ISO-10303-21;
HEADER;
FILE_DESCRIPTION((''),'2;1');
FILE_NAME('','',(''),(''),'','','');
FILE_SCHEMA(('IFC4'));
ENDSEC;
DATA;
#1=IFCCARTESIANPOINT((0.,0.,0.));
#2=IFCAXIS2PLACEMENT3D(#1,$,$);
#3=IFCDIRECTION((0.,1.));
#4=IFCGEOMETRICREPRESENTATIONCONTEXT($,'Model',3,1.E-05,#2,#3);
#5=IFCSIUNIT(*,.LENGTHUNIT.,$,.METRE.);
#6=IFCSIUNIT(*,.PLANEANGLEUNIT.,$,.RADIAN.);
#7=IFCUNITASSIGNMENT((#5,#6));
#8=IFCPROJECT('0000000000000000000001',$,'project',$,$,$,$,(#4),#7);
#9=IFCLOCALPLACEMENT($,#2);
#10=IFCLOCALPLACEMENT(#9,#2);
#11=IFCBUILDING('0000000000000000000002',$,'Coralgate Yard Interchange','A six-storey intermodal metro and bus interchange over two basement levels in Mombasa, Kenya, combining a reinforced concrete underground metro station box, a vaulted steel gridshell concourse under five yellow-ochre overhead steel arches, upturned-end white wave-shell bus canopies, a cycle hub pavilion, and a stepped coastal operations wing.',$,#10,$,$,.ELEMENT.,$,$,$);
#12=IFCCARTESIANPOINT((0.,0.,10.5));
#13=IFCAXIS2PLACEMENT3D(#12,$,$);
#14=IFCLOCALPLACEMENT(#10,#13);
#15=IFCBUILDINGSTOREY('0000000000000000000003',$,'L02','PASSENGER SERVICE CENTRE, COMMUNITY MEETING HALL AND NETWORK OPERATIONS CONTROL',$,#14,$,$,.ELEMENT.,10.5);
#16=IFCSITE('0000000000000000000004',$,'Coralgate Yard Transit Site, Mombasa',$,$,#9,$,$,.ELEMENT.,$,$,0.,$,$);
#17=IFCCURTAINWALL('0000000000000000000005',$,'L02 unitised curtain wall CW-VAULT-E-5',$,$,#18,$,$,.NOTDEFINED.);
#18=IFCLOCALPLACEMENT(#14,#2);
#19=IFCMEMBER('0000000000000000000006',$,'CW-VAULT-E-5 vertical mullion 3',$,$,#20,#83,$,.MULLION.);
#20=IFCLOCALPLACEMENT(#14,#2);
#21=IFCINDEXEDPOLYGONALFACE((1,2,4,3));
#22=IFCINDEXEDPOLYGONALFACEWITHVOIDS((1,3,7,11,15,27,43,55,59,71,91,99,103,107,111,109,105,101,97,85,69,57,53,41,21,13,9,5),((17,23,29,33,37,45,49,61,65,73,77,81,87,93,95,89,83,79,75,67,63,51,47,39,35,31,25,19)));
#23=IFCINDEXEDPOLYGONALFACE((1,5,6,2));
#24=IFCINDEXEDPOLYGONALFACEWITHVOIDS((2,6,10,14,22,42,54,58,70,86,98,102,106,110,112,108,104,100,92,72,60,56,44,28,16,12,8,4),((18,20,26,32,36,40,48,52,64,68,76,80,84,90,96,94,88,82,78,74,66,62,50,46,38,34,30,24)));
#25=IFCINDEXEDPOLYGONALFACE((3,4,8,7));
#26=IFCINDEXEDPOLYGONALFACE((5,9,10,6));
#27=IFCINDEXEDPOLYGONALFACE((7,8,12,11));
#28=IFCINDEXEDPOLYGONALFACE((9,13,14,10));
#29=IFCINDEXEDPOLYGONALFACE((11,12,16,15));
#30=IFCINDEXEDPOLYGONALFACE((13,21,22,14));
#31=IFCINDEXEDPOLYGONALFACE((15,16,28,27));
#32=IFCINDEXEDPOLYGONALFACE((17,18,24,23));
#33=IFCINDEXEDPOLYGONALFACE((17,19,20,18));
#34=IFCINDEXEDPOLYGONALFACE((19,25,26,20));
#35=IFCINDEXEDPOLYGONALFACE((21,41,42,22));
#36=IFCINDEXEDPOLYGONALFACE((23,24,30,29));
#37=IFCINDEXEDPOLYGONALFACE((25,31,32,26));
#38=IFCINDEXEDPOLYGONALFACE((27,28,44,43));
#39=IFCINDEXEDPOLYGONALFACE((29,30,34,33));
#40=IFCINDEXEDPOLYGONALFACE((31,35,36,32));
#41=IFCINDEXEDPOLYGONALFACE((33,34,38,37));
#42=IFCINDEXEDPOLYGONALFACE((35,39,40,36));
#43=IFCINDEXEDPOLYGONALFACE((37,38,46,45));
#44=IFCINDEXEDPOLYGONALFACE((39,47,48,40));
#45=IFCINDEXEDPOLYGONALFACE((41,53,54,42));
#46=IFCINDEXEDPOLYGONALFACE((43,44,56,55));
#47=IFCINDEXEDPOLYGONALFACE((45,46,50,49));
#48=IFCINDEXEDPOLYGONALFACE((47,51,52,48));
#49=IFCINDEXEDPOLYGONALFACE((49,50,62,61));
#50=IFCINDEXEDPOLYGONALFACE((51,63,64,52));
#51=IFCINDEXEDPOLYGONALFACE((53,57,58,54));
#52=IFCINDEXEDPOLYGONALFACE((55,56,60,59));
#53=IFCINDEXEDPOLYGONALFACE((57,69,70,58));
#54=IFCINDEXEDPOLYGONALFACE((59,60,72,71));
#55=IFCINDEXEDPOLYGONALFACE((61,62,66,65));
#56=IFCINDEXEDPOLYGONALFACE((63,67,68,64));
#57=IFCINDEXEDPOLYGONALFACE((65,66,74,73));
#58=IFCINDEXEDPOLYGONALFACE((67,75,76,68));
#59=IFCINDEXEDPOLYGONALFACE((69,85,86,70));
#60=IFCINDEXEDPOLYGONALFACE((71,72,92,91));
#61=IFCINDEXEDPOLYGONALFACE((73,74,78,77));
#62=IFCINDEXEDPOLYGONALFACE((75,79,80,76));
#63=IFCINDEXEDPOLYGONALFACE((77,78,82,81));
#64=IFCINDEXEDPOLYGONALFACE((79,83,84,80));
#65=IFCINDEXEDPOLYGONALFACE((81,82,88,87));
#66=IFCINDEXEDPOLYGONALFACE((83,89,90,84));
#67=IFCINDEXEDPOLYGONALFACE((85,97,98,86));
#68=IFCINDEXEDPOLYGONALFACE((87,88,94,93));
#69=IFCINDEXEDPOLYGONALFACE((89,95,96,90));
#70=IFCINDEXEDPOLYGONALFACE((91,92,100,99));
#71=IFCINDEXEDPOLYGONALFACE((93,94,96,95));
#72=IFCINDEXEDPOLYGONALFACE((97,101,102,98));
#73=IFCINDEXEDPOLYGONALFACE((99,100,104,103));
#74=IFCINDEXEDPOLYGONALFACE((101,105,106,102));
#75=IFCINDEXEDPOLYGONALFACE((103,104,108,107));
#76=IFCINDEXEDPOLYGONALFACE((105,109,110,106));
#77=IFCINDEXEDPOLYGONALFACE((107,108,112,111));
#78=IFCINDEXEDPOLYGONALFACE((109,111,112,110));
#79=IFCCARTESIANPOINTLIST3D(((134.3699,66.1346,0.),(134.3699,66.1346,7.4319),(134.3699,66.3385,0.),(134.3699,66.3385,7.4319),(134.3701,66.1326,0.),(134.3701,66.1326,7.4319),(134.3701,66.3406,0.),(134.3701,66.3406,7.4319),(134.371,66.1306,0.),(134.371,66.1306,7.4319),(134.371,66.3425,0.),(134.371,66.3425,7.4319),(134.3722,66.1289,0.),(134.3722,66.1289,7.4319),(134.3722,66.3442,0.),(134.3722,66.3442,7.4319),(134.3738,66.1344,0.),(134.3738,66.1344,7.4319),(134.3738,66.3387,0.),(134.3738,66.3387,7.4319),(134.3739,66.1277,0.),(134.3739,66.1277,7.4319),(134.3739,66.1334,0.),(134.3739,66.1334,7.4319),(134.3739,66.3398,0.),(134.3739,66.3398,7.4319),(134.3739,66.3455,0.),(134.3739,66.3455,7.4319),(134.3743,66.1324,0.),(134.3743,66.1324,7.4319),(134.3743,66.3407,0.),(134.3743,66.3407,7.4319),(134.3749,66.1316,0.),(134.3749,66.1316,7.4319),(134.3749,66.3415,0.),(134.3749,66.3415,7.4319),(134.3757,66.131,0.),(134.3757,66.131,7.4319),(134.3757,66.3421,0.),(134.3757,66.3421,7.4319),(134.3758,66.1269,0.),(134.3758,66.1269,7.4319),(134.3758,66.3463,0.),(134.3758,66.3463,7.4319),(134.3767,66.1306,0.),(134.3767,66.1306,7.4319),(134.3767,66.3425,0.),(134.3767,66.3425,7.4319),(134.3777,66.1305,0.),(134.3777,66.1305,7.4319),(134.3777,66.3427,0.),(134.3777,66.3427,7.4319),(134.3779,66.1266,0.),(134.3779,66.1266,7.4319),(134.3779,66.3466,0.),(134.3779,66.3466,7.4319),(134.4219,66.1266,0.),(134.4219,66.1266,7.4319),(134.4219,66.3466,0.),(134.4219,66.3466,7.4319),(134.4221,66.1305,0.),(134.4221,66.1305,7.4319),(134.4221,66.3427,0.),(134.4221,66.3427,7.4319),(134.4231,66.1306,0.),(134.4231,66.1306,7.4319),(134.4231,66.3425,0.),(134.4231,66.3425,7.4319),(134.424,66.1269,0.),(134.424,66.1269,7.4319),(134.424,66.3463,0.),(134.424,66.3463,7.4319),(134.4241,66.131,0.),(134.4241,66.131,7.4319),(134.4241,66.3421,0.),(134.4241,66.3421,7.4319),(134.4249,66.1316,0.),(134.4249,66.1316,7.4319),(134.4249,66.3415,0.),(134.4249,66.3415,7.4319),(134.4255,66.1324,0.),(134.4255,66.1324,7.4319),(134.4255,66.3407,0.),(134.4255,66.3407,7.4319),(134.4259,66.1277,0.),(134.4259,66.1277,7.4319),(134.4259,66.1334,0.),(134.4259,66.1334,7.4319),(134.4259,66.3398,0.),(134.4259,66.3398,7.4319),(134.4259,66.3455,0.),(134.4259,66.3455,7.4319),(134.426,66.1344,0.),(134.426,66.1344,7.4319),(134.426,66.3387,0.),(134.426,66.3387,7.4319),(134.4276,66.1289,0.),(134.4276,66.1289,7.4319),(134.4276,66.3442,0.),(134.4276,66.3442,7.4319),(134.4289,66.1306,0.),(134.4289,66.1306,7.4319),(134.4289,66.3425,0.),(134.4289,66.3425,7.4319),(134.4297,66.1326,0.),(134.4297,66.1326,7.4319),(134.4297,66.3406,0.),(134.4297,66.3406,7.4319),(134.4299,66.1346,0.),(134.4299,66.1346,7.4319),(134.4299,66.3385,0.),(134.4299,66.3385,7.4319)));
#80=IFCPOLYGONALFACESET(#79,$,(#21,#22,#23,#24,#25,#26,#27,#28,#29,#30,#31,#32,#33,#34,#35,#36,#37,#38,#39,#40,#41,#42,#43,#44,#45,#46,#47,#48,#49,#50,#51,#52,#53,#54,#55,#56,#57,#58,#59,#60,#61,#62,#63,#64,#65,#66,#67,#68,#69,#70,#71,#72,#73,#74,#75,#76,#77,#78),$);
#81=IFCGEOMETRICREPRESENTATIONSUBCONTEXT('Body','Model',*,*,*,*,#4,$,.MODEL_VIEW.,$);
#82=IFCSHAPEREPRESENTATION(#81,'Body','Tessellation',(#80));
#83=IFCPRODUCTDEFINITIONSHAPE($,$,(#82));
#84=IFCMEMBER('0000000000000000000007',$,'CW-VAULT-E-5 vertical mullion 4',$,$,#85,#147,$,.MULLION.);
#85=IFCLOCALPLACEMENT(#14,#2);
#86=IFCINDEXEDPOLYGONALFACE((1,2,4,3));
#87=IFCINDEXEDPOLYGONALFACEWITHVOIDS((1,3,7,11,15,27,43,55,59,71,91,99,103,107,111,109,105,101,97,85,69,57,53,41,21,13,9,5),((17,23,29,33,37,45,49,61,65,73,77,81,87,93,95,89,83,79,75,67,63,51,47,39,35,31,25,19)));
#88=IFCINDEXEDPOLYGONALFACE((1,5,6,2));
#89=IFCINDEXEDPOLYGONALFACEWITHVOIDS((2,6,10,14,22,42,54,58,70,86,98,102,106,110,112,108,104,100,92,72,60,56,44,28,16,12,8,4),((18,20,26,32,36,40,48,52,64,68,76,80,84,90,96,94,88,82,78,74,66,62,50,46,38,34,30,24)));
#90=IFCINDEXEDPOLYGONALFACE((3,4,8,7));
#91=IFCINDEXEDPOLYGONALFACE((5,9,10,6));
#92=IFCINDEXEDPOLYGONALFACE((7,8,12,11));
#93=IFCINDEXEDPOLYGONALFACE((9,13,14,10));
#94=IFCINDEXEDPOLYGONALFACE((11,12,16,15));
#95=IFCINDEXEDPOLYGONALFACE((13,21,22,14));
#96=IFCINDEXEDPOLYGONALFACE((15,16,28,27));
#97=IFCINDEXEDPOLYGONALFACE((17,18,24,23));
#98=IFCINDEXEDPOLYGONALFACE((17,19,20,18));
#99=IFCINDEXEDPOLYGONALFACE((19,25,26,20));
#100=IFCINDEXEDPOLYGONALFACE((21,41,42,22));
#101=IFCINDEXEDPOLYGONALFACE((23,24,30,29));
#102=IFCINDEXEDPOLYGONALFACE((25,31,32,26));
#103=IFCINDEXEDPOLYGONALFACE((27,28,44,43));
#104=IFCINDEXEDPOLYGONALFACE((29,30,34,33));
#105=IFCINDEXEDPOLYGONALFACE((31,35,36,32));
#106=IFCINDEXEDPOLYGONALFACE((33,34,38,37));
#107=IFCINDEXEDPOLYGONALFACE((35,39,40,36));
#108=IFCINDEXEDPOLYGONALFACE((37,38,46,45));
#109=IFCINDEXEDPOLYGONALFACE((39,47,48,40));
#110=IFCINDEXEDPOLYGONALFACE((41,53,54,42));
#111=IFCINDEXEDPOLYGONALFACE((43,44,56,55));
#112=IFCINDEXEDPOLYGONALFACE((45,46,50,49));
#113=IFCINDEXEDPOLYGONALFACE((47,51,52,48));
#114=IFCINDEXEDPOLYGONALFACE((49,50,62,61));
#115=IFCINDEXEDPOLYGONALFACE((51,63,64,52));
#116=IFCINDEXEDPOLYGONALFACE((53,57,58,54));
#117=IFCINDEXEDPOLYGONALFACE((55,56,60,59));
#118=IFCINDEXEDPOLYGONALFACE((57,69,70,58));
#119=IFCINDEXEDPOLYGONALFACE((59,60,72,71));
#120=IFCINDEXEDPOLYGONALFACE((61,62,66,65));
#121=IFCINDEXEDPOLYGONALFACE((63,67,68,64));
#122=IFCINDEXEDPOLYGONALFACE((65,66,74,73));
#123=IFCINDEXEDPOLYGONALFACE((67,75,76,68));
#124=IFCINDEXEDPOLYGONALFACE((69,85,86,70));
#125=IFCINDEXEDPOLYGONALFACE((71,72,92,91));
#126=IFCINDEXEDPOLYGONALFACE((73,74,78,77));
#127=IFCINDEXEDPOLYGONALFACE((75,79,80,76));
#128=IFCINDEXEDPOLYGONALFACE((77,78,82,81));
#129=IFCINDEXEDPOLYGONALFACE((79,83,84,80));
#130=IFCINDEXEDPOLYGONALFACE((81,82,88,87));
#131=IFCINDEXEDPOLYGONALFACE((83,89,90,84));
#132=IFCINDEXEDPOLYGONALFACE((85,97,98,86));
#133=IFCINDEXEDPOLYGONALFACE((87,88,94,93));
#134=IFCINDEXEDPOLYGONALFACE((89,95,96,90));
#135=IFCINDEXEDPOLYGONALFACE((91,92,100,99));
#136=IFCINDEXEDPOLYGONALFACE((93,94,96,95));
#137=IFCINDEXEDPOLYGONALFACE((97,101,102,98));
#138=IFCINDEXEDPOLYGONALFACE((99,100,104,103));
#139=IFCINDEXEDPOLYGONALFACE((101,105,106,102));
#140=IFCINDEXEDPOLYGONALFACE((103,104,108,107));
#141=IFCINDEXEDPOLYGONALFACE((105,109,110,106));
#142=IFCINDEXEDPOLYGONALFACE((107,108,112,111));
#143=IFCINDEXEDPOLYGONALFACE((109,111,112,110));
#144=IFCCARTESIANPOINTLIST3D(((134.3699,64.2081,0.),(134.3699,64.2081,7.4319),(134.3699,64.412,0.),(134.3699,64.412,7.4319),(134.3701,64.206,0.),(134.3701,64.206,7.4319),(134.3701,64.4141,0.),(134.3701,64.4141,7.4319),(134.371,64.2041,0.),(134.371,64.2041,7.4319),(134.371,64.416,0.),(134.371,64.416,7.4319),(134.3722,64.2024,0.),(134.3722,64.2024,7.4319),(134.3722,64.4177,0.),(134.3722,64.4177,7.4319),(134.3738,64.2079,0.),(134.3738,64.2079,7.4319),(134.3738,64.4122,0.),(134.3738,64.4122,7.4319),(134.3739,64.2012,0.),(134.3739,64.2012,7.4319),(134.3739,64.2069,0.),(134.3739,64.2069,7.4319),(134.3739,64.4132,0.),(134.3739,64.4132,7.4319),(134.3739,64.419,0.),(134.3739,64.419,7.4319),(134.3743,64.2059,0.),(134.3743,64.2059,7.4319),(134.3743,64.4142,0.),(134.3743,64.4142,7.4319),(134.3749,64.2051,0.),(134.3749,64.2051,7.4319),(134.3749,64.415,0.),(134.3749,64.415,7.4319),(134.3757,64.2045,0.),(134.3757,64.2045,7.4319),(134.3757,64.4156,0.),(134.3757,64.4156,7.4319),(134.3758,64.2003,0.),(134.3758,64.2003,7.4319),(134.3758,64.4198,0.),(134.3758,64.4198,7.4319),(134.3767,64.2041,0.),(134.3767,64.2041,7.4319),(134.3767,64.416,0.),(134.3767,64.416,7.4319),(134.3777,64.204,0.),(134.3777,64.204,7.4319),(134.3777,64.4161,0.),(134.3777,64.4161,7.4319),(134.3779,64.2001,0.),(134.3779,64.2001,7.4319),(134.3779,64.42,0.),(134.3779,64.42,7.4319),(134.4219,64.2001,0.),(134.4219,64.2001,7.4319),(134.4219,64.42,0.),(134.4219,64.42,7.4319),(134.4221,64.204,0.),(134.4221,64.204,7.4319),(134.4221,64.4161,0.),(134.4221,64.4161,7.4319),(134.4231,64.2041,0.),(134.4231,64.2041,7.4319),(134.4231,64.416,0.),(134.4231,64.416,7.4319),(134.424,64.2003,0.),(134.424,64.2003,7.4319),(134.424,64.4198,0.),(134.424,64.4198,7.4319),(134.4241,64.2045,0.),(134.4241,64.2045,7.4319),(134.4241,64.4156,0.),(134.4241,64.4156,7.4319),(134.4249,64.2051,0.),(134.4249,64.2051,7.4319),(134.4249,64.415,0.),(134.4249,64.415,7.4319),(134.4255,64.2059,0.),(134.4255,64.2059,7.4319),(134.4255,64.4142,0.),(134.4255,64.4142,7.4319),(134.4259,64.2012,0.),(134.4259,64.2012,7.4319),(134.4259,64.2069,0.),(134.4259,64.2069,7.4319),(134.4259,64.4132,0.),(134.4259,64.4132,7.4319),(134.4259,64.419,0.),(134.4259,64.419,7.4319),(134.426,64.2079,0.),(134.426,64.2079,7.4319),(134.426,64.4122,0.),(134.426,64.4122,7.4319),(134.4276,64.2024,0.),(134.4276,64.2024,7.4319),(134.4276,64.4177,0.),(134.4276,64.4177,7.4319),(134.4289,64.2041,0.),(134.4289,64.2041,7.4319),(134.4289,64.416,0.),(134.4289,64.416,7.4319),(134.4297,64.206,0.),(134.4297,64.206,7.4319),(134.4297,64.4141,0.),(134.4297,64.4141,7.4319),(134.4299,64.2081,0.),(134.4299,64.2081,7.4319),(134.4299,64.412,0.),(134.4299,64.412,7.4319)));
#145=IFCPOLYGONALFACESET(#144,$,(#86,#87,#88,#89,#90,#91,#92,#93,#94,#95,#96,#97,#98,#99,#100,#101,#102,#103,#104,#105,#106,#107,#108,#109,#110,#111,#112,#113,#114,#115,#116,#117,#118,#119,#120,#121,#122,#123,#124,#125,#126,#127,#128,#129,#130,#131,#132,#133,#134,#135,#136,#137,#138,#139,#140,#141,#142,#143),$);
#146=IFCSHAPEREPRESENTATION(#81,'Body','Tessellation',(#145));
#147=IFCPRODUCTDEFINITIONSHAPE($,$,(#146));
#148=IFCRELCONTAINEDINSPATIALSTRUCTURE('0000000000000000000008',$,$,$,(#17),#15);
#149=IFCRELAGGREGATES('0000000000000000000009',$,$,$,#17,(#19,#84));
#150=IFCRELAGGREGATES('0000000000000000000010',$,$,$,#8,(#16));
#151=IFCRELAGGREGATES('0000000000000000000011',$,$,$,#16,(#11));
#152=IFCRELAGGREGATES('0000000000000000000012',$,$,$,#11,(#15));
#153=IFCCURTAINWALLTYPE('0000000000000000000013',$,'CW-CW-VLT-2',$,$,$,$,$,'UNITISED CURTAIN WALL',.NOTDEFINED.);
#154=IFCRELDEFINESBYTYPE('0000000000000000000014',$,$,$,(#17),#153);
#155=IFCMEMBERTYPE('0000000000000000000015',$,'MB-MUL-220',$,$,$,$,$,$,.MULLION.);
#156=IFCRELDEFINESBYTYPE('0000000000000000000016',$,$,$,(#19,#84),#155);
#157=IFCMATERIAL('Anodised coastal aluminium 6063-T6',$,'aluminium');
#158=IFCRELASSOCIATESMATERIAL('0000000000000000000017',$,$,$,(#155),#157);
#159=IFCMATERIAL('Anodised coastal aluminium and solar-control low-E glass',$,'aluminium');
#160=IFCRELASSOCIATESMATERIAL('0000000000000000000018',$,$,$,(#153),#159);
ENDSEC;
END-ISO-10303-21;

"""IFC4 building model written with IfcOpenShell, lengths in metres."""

from ifc_helpers import new_model, si_unit, direction, frame, origin, origin_2d, place, context, subcontext, project, spatial, hollow_rectangle, extrude, material, material_profile, profile_set, type_object, element, aggregate, save


model = new_model("IFC4")

# Units and contexts
model_context = context("Model", 3, precision=1e-05, world=origin(), true_north=direction((0.0, 1.0)))
body_context = subcontext(model_context, "Body", "Model", "MODEL_VIEW")
ifc_project = project(units=[si_unit("LENGTHUNIT", "METRE"), si_unit("PLANEANGLEUNIT", "RADIAN")], contexts=[model_context])

# Site, building, storey
site_placement = place(None, origin())
site = spatial("IfcSite", under=ifc_project, at=site_placement, Name="Coralgate Yard Transit Site, Mombasa", CompositionType="ELEMENT", RefElevation=0.0)
building_placement = place(site_placement, origin())
building = spatial("IfcBuilding", under=site, at=building_placement, Name="Coralgate Yard Interchange", Description="A six-storey intermodal metro and bus interchange over two basement levels in Mombasa, Kenya, combining a reinforced concrete underground metro station box, a vaulted steel gridshell concourse under five yellow-ochre overhead steel arches, upturned-end white wave-shell bus canopies, a cycle hub pavilion, and a stepped coastal operations wing.", CompositionType="ELEMENT")
storey_placement = place(building_placement, frame((0.0, 0.0, 10.5)))
storey = spatial("IfcBuildingStorey", under=building, at=storey_placement, Name="L02", Description="PASSENGER SERVICE CENTRE, COMMUNITY MEETING HALL AND NETWORK OPERATIONS CONTROL", CompositionType="ELEMENT", Elevation=10.5)

# Curtain wall, members
ifc_material_1 = material(Name="Anodised coastal aluminium and solar-control low-E glass", Category="aluminium")
ifc_material_2 = material(Name="Anodised coastal aluminium 6063-T6", Category="aluminium")
ifc_material_profile_1 = material_profile(ifc_material_2, hollow_rectangle(XDim=0.0601, YDim=0.22, WallThickness=0.0039, InnerFilletRadius=0.0039, OuterFilletRadius=0.0081, at=origin_2d()), Name="ALU 60x220x4")
ifc_profile_set_1 = profile_set([ifc_material_profile_1], Name="Anodised coastal aluminium 6063-T6")
member_type_1 = type_object("IfcMemberType", Name="MB-MUL-220", PredefinedType="MULLION", material=ifc_profile_set_1)
curtain_wall_type_1 = type_object("IfcCurtainWallType", Name="CW-CW-VLT-2", ElementType="UNITISED CURTAIN WALL", PredefinedType="NOTDEFINED", material=ifc_material_1)
curtain_wall_1_placement = place(storey_placement, origin())
curtain_wall_1 = element("IfcCurtainWall", 1, at=curtain_wall_1_placement, inside=storey, type_object=curtain_wall_type_1, Name="L02 unitised curtain wall CW-VAULT-E-5", PredefinedType="NOTDEFINED")
member_1_placement = place(storey_placement, frame((134.3999, 66.2366, 0.0), z_axis=(0.0, 0.0, 1.0), x_axis=(1.0, 0.0, 0.0)))
member_1 = element("IfcMember", 2, at=member_1_placement, type_object=member_type_1, Name="CW-VAULT-E-5 vertical mullion 3", PredefinedType="MULLION", context=body_context, shape_type="SweptSolid", body=[
    extrude(hollow_rectangle(XDim=0.0601, YDim=0.22, WallThickness=0.0039, InnerFilletRadius=0.0039, OuterFilletRadius=0.0081, at=origin_2d()), origin(), (0.0, 0.0, 1.0), 7.4319),
])
member_2_placement = place(storey_placement, frame((134.3999, 64.3101, 0.0), z_axis=(0.0, 0.0, 1.0), x_axis=(1.0, 0.0, 0.0)))
member_2 = element("IfcMember", 3, at=member_2_placement, type_object=member_type_1, Name="CW-VAULT-E-5 vertical mullion 4", PredefinedType="MULLION", context=body_context, shape_type="SweptSolid", body=[
    extrude(hollow_rectangle(XDim=0.0601, YDim=0.22, WallThickness=0.0039, InnerFilletRadius=0.0039, OuterFilletRadius=0.0081, at=origin_2d()), origin(), (0.0, 0.0, 1.0), 7.4319),
])

aggregate(curtain_wall_1, [member_1, member_2])

save(model, "model.ifc")
